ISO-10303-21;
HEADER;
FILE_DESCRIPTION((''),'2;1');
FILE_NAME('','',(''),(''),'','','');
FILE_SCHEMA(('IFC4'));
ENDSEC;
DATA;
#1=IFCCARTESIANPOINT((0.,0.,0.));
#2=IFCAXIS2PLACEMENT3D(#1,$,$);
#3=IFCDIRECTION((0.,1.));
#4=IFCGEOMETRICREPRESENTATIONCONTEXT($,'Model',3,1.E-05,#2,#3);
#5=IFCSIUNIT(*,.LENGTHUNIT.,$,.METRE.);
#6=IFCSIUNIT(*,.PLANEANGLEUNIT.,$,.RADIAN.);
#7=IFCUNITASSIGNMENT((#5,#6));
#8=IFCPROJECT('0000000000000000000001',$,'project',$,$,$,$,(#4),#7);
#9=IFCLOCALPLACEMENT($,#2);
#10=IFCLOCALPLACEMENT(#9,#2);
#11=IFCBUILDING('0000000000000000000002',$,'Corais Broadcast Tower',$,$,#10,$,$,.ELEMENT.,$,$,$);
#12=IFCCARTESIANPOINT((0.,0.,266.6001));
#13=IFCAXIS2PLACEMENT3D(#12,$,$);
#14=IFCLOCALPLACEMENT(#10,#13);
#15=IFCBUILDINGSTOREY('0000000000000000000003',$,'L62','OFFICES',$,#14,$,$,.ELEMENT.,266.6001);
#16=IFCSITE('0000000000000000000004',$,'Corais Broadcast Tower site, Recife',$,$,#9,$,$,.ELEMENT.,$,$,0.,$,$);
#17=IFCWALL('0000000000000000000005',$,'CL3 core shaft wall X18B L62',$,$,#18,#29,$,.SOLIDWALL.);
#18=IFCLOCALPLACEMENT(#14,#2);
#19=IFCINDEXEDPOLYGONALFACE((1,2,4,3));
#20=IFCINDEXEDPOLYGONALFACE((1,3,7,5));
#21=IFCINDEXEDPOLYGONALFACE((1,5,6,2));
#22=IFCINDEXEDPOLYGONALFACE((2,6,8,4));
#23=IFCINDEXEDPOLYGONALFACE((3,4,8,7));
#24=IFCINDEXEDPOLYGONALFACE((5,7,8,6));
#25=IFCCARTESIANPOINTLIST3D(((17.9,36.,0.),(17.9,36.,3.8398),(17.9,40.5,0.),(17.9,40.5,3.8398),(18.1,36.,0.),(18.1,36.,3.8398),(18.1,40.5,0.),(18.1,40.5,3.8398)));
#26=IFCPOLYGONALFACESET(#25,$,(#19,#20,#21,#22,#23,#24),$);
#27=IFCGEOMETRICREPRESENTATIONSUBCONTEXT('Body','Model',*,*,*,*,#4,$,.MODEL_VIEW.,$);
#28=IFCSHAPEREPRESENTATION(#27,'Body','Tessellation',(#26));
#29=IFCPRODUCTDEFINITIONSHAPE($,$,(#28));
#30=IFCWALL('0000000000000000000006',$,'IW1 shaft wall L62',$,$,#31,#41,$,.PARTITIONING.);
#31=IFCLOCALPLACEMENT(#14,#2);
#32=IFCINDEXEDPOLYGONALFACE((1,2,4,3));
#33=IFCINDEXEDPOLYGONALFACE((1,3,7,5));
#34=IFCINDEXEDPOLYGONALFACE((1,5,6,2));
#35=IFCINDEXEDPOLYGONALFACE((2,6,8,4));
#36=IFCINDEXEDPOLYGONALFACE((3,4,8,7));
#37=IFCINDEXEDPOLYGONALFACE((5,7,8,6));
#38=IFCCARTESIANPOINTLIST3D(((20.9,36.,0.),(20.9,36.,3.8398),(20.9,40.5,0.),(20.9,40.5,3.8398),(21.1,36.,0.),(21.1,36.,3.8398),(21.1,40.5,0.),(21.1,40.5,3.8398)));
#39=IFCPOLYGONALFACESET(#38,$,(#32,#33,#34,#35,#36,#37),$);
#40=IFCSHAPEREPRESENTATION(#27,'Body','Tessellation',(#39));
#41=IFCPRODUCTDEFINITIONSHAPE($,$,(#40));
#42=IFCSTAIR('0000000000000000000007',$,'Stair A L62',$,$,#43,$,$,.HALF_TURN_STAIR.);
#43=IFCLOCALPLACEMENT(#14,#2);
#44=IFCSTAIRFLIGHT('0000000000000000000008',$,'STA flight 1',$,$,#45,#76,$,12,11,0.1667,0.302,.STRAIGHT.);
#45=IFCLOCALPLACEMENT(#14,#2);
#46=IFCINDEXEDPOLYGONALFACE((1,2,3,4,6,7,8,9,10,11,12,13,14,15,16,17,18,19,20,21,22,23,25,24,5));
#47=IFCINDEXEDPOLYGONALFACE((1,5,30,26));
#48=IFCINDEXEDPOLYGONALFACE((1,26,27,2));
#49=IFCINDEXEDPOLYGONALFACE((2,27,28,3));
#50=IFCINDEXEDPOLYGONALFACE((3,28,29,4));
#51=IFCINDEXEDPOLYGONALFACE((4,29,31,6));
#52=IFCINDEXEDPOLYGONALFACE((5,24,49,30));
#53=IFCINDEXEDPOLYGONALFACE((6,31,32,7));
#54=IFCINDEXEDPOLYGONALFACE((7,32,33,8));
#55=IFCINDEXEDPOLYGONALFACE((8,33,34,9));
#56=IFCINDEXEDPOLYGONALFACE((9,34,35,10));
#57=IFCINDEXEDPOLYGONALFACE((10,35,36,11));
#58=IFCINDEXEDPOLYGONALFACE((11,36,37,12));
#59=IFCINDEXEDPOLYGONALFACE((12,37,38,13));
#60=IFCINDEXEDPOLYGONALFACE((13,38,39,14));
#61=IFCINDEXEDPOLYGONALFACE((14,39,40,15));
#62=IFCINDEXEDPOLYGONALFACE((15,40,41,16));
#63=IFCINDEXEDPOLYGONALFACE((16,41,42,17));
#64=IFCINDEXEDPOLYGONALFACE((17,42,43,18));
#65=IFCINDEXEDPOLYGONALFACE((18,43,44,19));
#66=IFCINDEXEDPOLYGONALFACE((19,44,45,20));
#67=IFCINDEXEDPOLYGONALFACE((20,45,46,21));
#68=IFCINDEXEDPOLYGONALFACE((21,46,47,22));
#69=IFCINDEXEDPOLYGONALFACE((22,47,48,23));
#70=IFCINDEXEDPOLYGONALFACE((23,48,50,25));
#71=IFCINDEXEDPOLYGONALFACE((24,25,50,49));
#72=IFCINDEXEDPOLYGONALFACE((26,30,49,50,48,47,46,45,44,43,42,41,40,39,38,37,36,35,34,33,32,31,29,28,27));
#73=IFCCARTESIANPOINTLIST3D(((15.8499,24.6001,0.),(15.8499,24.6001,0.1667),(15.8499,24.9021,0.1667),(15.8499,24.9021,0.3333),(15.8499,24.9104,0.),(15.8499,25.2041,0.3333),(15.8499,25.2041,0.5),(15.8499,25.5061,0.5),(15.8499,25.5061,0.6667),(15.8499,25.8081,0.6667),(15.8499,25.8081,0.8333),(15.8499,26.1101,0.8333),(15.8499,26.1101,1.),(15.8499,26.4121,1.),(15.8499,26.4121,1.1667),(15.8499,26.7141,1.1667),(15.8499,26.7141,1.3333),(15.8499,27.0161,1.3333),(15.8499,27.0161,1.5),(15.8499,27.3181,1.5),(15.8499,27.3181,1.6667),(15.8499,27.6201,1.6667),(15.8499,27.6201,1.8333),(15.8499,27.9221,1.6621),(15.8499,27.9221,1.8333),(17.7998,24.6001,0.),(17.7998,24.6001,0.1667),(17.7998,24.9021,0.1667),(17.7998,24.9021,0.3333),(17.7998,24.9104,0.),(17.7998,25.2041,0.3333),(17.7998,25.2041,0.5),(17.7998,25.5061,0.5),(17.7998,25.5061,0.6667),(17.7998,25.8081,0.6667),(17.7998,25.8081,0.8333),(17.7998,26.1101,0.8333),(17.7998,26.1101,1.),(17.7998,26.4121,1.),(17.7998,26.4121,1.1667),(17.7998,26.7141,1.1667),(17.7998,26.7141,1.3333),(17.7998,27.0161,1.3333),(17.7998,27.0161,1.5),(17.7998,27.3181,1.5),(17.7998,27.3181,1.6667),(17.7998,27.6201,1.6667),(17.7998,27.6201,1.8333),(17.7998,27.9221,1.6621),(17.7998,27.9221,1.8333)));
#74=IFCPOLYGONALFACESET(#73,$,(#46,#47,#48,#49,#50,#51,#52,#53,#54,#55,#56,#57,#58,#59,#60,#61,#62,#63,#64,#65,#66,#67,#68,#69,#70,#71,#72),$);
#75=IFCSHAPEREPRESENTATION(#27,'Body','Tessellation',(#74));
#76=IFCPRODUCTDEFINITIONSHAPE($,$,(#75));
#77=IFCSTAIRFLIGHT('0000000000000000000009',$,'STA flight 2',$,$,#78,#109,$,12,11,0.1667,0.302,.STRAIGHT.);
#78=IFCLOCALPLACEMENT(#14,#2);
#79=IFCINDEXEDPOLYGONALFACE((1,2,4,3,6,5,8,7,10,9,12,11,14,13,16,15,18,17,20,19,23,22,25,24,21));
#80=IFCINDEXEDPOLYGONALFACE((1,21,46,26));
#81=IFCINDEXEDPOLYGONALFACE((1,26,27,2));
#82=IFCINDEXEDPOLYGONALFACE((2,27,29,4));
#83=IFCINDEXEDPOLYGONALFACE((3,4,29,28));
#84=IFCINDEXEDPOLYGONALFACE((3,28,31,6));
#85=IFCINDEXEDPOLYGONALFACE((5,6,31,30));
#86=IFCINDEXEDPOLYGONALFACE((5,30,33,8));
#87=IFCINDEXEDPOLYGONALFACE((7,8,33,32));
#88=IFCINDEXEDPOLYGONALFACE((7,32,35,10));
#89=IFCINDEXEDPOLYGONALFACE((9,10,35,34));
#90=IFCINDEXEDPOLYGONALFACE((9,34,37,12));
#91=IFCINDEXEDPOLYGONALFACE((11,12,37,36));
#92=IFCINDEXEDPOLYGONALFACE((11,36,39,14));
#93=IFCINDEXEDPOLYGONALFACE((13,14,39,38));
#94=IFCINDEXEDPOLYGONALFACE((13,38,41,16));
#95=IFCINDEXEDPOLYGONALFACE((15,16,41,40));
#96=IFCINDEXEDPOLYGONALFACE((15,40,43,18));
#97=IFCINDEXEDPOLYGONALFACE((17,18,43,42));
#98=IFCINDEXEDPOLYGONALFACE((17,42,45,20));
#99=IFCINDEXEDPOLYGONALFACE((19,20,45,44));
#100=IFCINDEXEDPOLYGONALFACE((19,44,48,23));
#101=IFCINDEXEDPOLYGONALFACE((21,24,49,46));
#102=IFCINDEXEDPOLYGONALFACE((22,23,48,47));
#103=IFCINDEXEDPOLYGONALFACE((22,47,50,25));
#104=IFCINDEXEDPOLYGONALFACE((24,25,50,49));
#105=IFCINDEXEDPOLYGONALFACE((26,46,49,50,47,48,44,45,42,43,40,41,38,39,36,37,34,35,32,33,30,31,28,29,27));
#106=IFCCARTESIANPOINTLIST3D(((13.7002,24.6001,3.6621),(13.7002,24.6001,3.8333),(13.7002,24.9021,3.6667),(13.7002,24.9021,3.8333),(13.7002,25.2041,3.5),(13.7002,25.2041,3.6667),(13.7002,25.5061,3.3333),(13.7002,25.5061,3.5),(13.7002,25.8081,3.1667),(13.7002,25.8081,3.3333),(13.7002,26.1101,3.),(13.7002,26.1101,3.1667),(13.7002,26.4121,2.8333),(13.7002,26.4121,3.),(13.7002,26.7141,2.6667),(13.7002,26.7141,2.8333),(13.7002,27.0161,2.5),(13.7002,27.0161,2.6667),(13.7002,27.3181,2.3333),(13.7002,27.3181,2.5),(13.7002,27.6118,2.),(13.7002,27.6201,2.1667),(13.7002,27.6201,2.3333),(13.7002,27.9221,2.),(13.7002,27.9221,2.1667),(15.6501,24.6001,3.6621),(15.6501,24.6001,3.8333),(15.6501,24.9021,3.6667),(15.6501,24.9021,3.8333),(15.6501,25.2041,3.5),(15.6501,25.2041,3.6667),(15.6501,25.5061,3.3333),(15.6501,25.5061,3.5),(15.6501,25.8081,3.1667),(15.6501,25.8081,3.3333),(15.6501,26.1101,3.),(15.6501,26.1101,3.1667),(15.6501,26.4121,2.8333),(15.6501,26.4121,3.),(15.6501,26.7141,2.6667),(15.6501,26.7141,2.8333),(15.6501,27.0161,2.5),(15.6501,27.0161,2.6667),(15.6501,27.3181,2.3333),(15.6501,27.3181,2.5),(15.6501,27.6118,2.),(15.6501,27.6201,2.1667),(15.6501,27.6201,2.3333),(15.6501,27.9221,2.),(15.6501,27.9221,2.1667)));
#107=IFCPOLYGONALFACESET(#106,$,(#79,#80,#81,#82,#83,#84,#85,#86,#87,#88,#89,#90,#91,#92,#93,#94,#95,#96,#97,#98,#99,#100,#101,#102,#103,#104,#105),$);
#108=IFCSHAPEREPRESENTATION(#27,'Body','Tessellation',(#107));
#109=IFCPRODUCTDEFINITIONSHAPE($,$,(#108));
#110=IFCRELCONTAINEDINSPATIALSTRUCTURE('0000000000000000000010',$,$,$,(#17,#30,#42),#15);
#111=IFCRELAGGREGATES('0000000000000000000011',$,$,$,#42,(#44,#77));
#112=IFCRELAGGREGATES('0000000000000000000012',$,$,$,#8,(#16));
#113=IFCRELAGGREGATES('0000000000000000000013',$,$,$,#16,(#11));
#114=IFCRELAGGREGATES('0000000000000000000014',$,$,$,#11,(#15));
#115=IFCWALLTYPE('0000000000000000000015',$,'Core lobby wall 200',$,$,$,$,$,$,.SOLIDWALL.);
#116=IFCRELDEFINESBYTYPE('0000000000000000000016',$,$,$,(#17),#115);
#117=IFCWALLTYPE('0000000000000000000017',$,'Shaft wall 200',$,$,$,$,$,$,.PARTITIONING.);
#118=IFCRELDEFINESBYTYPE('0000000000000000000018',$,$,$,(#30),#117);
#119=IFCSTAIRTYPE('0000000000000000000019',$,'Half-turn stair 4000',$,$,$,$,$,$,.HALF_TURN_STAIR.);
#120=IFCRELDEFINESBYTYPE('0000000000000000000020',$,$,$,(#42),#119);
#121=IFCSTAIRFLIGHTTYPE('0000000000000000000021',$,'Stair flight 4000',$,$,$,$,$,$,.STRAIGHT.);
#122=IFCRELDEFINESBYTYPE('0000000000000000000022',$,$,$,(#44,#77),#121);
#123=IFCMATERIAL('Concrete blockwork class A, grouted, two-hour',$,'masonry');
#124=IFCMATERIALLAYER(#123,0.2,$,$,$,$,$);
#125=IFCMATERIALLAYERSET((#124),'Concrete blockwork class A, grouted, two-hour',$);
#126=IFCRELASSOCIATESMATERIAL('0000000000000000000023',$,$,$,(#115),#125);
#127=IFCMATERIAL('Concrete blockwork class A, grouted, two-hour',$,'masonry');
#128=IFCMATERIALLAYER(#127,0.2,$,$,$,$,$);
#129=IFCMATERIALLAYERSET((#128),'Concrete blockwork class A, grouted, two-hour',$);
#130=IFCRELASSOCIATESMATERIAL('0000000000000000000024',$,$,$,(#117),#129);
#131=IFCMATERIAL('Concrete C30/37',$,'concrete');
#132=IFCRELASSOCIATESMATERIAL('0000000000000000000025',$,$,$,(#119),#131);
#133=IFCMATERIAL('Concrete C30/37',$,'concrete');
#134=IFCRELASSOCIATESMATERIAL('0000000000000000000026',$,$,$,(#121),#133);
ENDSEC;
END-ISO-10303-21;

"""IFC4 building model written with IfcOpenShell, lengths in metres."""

from ifc_helpers import new_model, si_unit, direction, frame, frame_2d, origin, place, context, subcontext, project, spatial, polyline, rectangle, outline, extrude, material, layer, layer_set, type_object, element, aggregate, save


model = new_model("IFC4")

# Units and contexts
model_context = context("Model", 3, precision=1e-05, world=origin(), true_north=direction((0.0, 1.0)))
body_context = subcontext(model_context, "Body", "Model", "MODEL_VIEW")
ifc_project = project(units=[si_unit("LENGTHUNIT", "METRE"), si_unit("PLANEANGLEUNIT", "RADIAN")], contexts=[model_context])

# Site, building, storey
site_placement = place(None, origin())
site = spatial("IfcSite", under=ifc_project, at=site_placement, Name="Corais Broadcast Tower site, Recife", CompositionType="ELEMENT", RefElevation=0.0)
building_placement = place(site_placement, origin())
building = spatial("IfcBuilding", under=site, at=building_placement, Name="Corais Broadcast Tower", CompositionType="ELEMENT")
storey_placement = place(building_placement, frame((0.0, 0.0, 266.6001)))
storey = spatial("IfcBuildingStorey", under=building, at=storey_placement, Name="L62", Description="OFFICES", CompositionType="ELEMENT", Elevation=266.6001)

# Walls
ifc_material_1 = material(Name="Concrete blockwork class A, grouted, two-hour", Category="masonry")
ifc_layer_1 = layer(ifc_material_1, 0.2)
ifc_layer_set_1 = layer_set([ifc_layer_1], Name="Concrete blockwork class A, grouted, two-hour")
wall_type_1 = type_object("IfcWallType", Name="Core lobby wall 200", PredefinedType="SOLIDWALL", material=ifc_layer_set_1)
wall_1_placement = place(storey_placement, frame((18.0, 36.0, 0.0), z_axis=(0.0, 0.0, 1.0), x_axis=(0.0, 1.0, 0.0)))
element("IfcWall", 1, at=wall_1_placement, inside=storey, type_object=wall_type_1, Name="CL3 core shaft wall X18B L62", PredefinedType="SOLIDWALL", context=body_context, shape_type="SweptSolid", body=[
    extrude(rectangle(XDim=4.5, YDim=0.2, at=frame_2d((2.25, 0.0))), origin(), (0.0, 0.0, 1.0), 3.8398),
])
ifc_material_2 = material(Name="Concrete blockwork class A, grouted, two-hour", Category="masonry")
ifc_layer_2 = layer(ifc_material_2, 0.2)
ifc_layer_set_2 = layer_set([ifc_layer_2], Name="Concrete blockwork class A, grouted, two-hour")
wall_type_2 = type_object("IfcWallType", Name="Shaft wall 200", PredefinedType="PARTITIONING", material=ifc_layer_set_2)
wall_2_placement = place(storey_placement, frame((21.0, 36.0, 0.0), z_axis=(0.0, 0.0, 1.0), x_axis=(0.0, 1.0, 0.0)))
element("IfcWall", 2, at=wall_2_placement, inside=storey, type_object=wall_type_2, Name="IW1 shaft wall L62", PredefinedType="PARTITIONING", context=body_context, shape_type="SweptSolid", body=[
    extrude(rectangle(XDim=4.5, YDim=0.2, at=frame_2d((2.25, 0.0))), origin(), (0.0, 0.0, 1.0), 3.8398),
])

# Stair, stair flights
ifc_material_3 = material(Name="Concrete C30/37", Category="concrete")
stair_type = type_object("IfcStairType", Name="Half-turn stair 4000", PredefinedType="HALF_TURN_STAIR", material=ifc_material_3)
stair_placement = place(storey_placement, origin())
stair = element("IfcStair", 3, at=stair_placement, inside=storey, type_object=stair_type, Name="Stair A L62", PredefinedType="HALF_TURN_STAIR")
ifc_material_4 = material(Name="Concrete C30/37", Category="concrete")
stair_flight_type = type_object("IfcStairFlightType", Name="Stair flight 4000", PredefinedType="STRAIGHT", material=ifc_material_4)
stair_flight_1_placement = place(storey_placement, frame((16.825, 24.6001, 0.0), z_axis=(0.0, 0.0, 1.0), x_axis=(0.0, 1.0, 0.0)))
stair_flight_1 = element("IfcStairFlight", 4, at=stair_flight_1_placement, type_object=stair_flight_type, Name="STA flight 1", NumberOfRisers=12, NumberOfTreads=11, PredefinedType="STRAIGHT", RiserHeight=0.1667, TreadLength=0.302, context=body_context, shape_type="SweptSolid", body=[
    extrude(outline(polyline([(0.0, 0.0), (0.0, 0.1667), (0.302, 0.1667), (0.302, 0.3333), (0.604, 0.3333), (0.604, 0.5), (0.906, 0.5), (0.906, 0.6667), (1.208, 0.6667), (1.208, 0.8333), (1.51, 0.8333), (1.51, 1.0), (1.812, 1.0), (1.812, 1.1667), (2.114, 1.1667), (2.114, 1.3333), (2.416, 1.3333), (2.416, 1.5), (2.718, 1.5), (2.718, 1.6667), (3.02, 1.6667), (3.02, 1.8333), (3.322, 1.8333), (3.322, 2.0), (3.322, 1.6621), (0.3103, 0.0), (0.0, 0.0)])), frame((0.0, 0.9751, 0.0), z_axis=(0.0, -1.0, 0.0), x_axis=(1.0, 0.0, 0.0)), (0.0, 0.0, 1.0), 1.95),
])
stair_flight_2_placement = place(storey_placement, frame((14.675, 27.9221, 2.0), z_axis=(0.0, 0.0, 1.0), x_axis=(0.0, -1.0, 0.0)))
stair_flight_2 = element("IfcStairFlight", 5, at=stair_flight_2_placement, type_object=stair_flight_type, Name="STA flight 2", NumberOfRisers=12, NumberOfTreads=11, PredefinedType="STRAIGHT", RiserHeight=0.1667, TreadLength=0.302, context=body_context, shape_type="SweptSolid", body=[
    extrude(outline(polyline([(0.0, 0.0), (0.0, 0.1667), (0.302, 0.1667), (0.302, 0.3333), (0.604, 0.3333), (0.604, 0.5), (0.906, 0.5), (0.906, 0.6667), (1.208, 0.6667), (1.208, 0.8333), (1.51, 0.8333), (1.51, 1.0), (1.812, 1.0), (1.812, 1.1667), (2.114, 1.1667), (2.114, 1.3333), (2.416, 1.3333), (2.416, 1.5), (2.718, 1.5), (2.718, 1.6667), (3.02, 1.6667), (3.02, 1.8333), (3.322, 1.8333), (3.322, 2.0), (3.322, 1.6621), (0.3103, 0.0), (0.0, 0.0)])), frame((0.0, 0.9751, 0.0), z_axis=(0.0, -1.0, 0.0), x_axis=(1.0, 0.0, 0.0)), (0.0, 0.0, 1.0), 1.95),
])
aggregate(stair, [stair_flight_1, stair_flight_2])

save(model, "model.ifc")
